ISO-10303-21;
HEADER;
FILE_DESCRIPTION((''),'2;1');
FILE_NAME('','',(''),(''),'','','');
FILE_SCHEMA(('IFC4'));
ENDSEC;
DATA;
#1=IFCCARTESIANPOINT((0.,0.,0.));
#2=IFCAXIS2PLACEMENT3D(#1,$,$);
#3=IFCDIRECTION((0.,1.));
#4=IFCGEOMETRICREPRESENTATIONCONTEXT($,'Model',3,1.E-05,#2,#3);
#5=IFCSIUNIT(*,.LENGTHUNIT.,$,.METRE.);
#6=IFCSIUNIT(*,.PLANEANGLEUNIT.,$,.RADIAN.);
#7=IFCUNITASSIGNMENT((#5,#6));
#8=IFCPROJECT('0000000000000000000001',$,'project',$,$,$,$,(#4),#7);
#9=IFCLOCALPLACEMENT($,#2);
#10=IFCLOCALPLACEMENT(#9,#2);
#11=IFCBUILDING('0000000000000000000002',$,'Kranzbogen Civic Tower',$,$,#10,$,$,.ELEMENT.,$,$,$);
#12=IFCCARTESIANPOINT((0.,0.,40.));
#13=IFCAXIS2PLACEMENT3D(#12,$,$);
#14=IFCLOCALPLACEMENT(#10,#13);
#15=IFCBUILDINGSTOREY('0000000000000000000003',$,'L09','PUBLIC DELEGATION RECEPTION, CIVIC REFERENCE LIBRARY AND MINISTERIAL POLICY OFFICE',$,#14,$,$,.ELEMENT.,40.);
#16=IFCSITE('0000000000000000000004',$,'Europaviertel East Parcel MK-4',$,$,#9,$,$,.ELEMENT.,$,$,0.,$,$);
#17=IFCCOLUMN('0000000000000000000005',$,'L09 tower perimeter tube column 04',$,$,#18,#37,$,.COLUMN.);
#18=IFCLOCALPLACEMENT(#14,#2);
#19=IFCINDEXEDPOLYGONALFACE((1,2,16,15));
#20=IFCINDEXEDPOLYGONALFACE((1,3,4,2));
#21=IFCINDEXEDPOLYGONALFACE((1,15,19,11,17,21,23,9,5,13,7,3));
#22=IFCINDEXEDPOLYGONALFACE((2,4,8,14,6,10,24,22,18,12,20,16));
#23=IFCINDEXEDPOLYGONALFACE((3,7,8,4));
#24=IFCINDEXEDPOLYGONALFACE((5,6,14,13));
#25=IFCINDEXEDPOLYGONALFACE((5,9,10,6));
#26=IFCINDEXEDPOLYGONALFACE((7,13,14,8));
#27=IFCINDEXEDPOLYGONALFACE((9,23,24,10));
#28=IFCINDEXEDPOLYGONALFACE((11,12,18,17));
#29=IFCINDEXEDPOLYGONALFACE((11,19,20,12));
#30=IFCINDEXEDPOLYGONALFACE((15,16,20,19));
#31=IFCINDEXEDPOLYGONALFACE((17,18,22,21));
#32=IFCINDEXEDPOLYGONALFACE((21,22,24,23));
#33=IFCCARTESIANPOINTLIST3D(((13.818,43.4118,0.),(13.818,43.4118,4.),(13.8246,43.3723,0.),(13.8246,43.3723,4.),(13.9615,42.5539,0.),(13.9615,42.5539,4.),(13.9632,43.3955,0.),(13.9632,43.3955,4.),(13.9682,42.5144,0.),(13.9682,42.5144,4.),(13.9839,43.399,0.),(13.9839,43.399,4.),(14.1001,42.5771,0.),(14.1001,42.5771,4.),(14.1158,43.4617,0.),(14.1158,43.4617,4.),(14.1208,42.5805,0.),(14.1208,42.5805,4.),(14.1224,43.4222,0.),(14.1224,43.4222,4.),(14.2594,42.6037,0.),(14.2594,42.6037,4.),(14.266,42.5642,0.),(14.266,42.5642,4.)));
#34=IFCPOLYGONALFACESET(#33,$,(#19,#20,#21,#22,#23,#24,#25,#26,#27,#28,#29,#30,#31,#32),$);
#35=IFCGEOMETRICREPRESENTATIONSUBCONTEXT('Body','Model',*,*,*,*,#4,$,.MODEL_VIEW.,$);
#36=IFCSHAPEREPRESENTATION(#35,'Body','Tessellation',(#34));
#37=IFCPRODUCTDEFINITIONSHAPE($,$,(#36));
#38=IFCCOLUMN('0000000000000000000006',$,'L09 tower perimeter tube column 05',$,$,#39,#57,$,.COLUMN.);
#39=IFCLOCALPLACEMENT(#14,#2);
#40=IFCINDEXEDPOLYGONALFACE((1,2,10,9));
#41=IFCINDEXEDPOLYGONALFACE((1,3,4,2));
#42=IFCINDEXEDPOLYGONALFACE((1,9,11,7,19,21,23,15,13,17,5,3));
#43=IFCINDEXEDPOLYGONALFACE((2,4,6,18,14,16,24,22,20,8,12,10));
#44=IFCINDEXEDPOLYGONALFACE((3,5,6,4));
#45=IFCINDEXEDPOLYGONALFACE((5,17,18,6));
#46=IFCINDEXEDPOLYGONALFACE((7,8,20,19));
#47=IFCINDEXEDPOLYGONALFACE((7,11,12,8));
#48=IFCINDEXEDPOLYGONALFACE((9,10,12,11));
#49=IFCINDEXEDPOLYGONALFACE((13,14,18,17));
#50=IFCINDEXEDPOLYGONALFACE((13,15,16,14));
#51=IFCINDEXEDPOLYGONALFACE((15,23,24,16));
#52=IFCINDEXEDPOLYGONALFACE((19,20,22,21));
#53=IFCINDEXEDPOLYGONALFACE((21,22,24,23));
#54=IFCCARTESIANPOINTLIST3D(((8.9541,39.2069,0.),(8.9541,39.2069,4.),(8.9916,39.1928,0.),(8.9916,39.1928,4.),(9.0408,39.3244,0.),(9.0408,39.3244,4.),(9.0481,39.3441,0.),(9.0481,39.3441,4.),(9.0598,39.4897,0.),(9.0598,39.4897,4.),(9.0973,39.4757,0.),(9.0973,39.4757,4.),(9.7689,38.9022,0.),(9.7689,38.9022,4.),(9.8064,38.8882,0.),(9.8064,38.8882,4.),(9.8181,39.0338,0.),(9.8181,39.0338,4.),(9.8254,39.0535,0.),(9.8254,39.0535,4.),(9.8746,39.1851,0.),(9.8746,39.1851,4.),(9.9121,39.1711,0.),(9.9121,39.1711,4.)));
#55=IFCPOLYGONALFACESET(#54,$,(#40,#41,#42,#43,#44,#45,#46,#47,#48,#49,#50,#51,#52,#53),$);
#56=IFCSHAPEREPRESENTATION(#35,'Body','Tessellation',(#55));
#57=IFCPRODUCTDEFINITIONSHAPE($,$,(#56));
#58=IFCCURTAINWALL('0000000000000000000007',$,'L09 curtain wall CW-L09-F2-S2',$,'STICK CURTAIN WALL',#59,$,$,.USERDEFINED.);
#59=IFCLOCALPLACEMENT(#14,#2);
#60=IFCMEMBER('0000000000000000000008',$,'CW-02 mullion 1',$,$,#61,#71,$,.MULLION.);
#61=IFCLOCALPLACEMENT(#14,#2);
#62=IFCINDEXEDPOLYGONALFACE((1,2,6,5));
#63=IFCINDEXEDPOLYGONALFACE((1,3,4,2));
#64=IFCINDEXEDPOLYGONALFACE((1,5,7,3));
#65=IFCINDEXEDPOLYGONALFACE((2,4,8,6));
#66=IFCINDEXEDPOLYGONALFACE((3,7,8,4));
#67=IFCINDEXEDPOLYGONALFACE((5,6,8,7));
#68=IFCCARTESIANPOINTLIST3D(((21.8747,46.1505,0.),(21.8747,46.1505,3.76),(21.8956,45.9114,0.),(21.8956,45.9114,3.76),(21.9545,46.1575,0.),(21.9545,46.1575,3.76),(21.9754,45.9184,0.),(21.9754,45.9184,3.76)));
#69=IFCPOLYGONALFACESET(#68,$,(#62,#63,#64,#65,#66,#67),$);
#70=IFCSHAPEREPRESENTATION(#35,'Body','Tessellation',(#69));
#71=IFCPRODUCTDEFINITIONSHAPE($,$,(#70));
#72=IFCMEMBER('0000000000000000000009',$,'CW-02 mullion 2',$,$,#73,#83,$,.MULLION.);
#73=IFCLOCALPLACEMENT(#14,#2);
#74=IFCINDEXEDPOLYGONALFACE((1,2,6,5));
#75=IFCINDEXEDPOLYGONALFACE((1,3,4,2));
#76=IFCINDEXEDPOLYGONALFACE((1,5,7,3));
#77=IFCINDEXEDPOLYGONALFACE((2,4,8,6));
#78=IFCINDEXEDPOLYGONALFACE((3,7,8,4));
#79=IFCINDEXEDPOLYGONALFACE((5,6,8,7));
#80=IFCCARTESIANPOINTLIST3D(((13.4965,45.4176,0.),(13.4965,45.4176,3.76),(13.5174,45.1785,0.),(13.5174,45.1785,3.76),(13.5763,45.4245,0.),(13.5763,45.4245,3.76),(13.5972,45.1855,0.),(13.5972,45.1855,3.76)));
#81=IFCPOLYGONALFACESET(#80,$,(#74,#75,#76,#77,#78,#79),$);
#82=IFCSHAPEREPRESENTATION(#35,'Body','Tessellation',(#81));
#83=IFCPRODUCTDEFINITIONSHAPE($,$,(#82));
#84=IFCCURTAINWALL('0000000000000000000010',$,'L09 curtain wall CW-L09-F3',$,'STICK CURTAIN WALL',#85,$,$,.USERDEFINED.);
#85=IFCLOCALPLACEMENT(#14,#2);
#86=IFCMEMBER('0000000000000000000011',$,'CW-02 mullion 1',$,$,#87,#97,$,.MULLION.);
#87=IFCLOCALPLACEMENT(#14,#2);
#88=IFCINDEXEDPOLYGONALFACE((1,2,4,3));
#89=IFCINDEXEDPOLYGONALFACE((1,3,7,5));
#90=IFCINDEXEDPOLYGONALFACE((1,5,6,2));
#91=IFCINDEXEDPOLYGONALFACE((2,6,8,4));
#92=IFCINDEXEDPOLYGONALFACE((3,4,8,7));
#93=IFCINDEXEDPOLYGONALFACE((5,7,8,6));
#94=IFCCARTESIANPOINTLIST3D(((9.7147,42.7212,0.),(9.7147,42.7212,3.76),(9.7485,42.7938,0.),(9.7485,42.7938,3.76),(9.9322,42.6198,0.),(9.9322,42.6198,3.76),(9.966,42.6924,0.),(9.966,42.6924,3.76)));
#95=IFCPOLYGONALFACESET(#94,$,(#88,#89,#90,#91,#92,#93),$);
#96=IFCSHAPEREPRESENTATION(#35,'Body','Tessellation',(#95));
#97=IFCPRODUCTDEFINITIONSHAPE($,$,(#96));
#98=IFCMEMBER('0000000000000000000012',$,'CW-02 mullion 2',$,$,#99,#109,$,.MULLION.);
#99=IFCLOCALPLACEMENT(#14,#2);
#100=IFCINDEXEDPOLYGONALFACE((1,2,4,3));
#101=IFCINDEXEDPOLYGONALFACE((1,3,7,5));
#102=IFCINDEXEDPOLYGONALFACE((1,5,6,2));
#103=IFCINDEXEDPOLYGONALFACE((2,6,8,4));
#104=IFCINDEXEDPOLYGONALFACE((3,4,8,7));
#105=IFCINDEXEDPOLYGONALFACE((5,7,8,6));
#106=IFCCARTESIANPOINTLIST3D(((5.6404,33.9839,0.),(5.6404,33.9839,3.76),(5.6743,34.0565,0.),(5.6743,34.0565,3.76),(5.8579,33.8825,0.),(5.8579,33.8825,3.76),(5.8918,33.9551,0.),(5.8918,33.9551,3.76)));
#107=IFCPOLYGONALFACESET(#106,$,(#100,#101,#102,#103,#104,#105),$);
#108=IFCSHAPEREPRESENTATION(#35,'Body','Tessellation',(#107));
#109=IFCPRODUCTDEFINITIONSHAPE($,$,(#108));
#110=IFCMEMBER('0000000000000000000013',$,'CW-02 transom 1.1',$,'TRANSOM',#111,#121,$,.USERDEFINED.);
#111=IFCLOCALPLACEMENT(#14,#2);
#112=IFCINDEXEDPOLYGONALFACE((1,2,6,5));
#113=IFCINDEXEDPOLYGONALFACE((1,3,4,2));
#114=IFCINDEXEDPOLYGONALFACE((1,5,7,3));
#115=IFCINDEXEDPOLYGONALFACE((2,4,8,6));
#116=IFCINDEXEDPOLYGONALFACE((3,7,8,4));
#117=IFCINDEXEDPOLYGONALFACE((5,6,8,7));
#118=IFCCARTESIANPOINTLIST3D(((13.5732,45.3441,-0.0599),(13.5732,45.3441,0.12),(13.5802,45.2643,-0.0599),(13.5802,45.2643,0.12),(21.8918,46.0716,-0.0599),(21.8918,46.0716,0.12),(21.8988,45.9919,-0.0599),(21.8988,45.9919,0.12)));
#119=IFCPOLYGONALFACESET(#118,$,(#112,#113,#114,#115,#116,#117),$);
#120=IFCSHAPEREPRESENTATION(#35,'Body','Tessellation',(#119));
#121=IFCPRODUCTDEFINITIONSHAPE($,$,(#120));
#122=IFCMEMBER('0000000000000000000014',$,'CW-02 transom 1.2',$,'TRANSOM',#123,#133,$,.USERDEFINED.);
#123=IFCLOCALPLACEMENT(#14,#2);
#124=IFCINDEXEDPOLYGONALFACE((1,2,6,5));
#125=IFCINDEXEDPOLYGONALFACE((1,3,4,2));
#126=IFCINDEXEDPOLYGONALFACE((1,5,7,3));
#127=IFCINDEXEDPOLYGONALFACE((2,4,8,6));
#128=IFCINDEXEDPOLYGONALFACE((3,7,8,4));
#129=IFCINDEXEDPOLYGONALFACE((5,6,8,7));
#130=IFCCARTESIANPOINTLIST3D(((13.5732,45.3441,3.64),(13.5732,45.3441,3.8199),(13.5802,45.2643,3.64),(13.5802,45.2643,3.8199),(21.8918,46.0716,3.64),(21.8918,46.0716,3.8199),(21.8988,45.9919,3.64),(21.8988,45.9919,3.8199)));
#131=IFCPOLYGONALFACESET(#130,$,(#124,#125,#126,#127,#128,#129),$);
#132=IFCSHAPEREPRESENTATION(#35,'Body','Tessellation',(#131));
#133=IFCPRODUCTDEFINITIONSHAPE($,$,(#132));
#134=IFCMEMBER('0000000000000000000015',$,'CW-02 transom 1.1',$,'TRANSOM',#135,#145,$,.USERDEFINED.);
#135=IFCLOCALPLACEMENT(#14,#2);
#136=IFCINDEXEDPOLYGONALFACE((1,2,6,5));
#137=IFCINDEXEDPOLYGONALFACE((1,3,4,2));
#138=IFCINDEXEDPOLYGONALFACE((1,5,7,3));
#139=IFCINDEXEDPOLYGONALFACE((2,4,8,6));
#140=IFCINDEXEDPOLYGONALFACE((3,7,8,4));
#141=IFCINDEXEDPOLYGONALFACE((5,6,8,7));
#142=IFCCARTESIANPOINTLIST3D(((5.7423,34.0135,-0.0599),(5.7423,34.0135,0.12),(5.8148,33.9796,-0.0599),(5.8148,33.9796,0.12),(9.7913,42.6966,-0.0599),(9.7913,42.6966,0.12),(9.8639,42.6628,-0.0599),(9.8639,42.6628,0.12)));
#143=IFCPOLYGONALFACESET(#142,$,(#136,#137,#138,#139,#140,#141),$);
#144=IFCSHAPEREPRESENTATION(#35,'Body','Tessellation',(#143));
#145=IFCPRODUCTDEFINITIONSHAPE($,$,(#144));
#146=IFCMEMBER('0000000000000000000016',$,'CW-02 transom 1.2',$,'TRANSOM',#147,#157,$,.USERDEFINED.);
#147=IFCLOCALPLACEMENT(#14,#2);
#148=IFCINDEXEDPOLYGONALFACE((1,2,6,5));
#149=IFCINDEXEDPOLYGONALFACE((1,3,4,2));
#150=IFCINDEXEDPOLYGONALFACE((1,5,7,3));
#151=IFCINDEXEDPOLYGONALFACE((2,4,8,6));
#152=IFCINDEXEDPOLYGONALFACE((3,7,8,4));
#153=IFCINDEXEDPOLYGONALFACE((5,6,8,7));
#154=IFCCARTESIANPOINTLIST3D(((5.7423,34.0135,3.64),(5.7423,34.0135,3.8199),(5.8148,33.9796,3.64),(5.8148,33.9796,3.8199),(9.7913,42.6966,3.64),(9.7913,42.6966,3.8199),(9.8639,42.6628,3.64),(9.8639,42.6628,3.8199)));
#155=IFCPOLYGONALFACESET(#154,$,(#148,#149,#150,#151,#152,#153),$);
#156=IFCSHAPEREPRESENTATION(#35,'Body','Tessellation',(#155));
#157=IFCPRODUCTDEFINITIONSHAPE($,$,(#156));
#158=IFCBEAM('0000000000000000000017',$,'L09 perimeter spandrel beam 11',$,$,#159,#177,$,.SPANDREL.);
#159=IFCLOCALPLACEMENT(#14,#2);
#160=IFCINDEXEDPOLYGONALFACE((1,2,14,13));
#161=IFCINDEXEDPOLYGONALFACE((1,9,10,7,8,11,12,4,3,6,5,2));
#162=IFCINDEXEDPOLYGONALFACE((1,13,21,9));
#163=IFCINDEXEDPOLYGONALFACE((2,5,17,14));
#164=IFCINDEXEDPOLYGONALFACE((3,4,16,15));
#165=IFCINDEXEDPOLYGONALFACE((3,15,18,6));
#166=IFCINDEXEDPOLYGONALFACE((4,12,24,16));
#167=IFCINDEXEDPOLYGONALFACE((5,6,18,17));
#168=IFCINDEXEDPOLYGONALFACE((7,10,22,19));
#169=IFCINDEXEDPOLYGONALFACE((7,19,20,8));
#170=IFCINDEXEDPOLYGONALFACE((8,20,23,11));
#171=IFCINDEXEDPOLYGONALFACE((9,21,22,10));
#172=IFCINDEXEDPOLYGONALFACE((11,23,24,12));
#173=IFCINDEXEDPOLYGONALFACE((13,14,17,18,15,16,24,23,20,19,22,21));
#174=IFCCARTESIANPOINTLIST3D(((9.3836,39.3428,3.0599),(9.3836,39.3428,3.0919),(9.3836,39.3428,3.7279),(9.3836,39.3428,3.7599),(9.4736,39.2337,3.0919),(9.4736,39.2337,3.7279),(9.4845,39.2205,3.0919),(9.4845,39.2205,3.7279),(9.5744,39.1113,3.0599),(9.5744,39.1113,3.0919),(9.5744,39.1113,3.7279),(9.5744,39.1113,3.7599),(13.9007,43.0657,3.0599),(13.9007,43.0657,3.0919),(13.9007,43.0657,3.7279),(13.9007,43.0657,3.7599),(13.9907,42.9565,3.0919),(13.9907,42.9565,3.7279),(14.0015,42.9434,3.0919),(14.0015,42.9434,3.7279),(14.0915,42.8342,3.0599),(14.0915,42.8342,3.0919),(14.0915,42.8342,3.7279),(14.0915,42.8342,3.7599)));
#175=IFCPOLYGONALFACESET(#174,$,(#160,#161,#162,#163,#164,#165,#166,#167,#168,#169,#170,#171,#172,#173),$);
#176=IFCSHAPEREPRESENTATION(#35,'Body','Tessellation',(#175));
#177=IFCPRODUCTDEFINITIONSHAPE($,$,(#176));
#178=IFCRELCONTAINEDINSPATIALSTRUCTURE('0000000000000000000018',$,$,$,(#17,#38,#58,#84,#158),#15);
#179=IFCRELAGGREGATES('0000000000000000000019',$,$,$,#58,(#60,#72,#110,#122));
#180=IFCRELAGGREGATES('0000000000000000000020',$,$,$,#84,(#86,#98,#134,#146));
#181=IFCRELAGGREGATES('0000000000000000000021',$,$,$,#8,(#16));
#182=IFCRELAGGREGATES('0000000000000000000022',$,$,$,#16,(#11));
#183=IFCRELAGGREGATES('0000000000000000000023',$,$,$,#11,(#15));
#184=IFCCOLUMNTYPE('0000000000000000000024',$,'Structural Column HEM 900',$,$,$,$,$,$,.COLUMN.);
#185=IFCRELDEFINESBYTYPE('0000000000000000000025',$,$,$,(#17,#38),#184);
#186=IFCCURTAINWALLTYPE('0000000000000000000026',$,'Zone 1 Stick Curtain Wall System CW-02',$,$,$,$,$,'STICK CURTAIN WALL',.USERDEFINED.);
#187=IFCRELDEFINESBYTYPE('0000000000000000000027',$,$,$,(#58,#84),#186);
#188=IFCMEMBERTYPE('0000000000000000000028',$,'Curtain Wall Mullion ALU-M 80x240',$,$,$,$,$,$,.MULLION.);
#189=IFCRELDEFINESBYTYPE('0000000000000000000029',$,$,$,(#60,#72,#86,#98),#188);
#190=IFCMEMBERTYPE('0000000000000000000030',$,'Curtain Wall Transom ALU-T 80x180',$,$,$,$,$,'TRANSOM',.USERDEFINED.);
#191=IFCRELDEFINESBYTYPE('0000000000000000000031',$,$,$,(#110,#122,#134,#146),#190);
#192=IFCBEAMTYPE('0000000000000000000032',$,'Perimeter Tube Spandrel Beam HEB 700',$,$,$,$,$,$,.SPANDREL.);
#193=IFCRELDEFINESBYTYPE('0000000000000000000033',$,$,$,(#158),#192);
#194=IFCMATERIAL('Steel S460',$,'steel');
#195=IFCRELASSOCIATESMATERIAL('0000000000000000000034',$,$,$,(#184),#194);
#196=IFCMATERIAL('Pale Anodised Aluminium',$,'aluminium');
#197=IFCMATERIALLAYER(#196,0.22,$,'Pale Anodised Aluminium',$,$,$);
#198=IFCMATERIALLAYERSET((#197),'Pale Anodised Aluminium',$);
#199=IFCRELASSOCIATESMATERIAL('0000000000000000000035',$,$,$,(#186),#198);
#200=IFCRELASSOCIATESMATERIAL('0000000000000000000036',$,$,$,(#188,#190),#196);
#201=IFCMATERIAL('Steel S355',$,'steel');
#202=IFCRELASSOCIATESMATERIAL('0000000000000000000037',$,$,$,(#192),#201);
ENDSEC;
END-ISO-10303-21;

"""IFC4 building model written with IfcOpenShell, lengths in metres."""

from ifc_helpers import new_model, si_unit, direction, frame, origin, origin_2d, place, context, subcontext, project, spatial, rectangle, i_section, extrude, material, layer, layer_set, material_profile, profile_set, type_object, element, aggregate, save


model = new_model("IFC4")

# Units and contexts
model_context = context("Model", 3, precision=1e-05, world=origin(), true_north=direction((0.0, 1.0)))
body_context = subcontext(model_context, "Body", "Model", "MODEL_VIEW")
ifc_project = project(units=[si_unit("LENGTHUNIT", "METRE"), si_unit("PLANEANGLEUNIT", "RADIAN")], contexts=[model_context])

# Site, building, storey
site_placement = place(None, origin())
site = spatial("IfcSite", under=ifc_project, at=site_placement, Name="Europaviertel East Parcel MK-4", CompositionType="ELEMENT", RefElevation=0.0)
building_placement = place(site_placement, origin())
building = spatial("IfcBuilding", under=site, at=building_placement, Name="Kranzbogen Civic Tower", CompositionType="ELEMENT")
storey_placement = place(building_placement, frame((0.0, 0.0, 40.0)))
storey = spatial("IfcBuildingStorey", under=building, at=storey_placement, Name="L09", Description="PUBLIC DELEGATION RECEPTION, CIVIC REFERENCE LIBRARY AND MINISTERIAL POLICY OFFICE", CompositionType="ELEMENT", Elevation=40.0)

# Columns
ifc_material_1 = material(Name="Steel S460", Category="steel")
ifc_material_profile_1 = material_profile(ifc_material_1, i_section(OverallWidth=0.302, OverallDepth=0.9099, WebThickness=0.021, FlangeThickness=0.04, at=origin_2d()), Name="HEM 900")
ifc_profile_set_1 = profile_set([ifc_material_profile_1], Name="Steel S460")
column_type = type_object("IfcColumnType", Name="Structural Column HEM 900", PredefinedType="COLUMN", material=ifc_profile_set_1)
for number, where, z_axis, x_axis, name in (
    (1, (14.042, 42.988, 0.0), (0.0, 0.0, 1.0), (0.986286, 0.165048, 0.0), "L09 tower perimeter tube column 04"),
    (2, (9.4331, 39.189, 0.0), (0.0, 0.0, 1.0), (0.350207, 0.936672, 0.0), "L09 tower perimeter tube column 05"),
):
    element("IfcColumn", number, at=place(storey_placement, frame(where, z_axis=z_axis, x_axis=x_axis)), inside=storey, type_object=column_type, Name=name, PredefinedType="COLUMN", context=body_context, shape_type="SweptSolid", body=[
        extrude(i_section(OverallWidth=0.302, OverallDepth=0.9099, WebThickness=0.021, FlangeThickness=0.04, at=origin_2d()), origin(), (0.0, 0.0, 1.0), 4.0),
    ])

# Curtain walls, members
ifc_material_2 = material(Name="Pale Anodised Aluminium", Category="aluminium")
ifc_layer_1 = layer(ifc_material_2, 0.22, Name="Pale Anodised Aluminium")
ifc_layer_set_1 = layer_set([ifc_layer_1], Name="Pale Anodised Aluminium")
curtain_wall_type = type_object("IfcCurtainWallType", Name="Zone 1 Stick Curtain Wall System CW-02", ElementType="STICK CURTAIN WALL", PredefinedType="USERDEFINED", material=ifc_layer_set_1)
curtain_wall_1_placement = place(storey_placement, origin())
curtain_wall_1 = element("IfcCurtainWall", 3, at=curtain_wall_1_placement, inside=storey, type_object=curtain_wall_type, Name="L09 curtain wall CW-L09-F2-S2", ObjectType="STICK CURTAIN WALL", PredefinedType="USERDEFINED")
ifc_material_profile_2 = material_profile(ifc_material_2, rectangle(XDim=0.0801, YDim=0.24, at=origin_2d()), Name="ALU-M 80x240")
ifc_profile_set_2 = profile_set([ifc_material_profile_2], Name="Pale Anodised Aluminium")
member_type_1 = type_object("IfcMemberType", Name="Curtain Wall Mullion ALU-M 80x240", PredefinedType="MULLION", material=ifc_profile_set_2)
member_1_placement = place(storey_placement, frame((21.925, 46.0344, 0.0), z_axis=(0.0, 0.0, 1.0), x_axis=(-0.996197, -0.087129, 0.0)))
member_1 = element("IfcMember", 4, at=member_1_placement, type_object=member_type_1, Name="CW-02 mullion 1", PredefinedType="MULLION", context=body_context, shape_type="SweptSolid", body=[
    extrude(rectangle(XDim=0.0801, YDim=0.24, at=origin_2d()), origin(), (0.0, 0.0, 1.0), 3.76),
])
member_2_placement = place(storey_placement, frame((13.5469, 45.3015, 0.0), z_axis=(0.0, 0.0, 1.0), x_axis=(-0.996197, -0.087129, 0.0)))
member_2 = element("IfcMember", 5, at=member_2_placement, type_object=member_type_1, Name="CW-02 mullion 2", PredefinedType="MULLION", context=body_context, shape_type="SweptSolid", body=[
    extrude(rectangle(XDim=0.0801, YDim=0.24, at=origin_2d()), origin(), (0.0, 0.0, 1.0), 3.76),
])
curtain_wall_2_placement = place(storey_placement, origin())
curtain_wall_2 = element("IfcCurtainWall", 6, at=curtain_wall_2_placement, inside=storey, type_object=curtain_wall_type, Name="L09 curtain wall CW-L09-F3", ObjectType="STICK CURTAIN WALL", PredefinedType="USERDEFINED")
member_3_placement = place(storey_placement, frame((9.8403, 42.7068, 0.0), z_axis=(0.0, 0.0, 1.0), x_axis=(-0.422622, -0.906306, 0.0)))
member_3 = element("IfcMember", 7, at=member_3_placement, type_object=member_type_1, Name="CW-02 mullion 1", PredefinedType="MULLION", context=body_context, shape_type="SweptSolid", body=[
    extrude(rectangle(XDim=0.0801, YDim=0.24, at=origin_2d()), origin(), (0.0, 0.0, 1.0), 3.76),
])
member_4_placement = place(storey_placement, frame((5.7661, 33.9695, 0.0), z_axis=(0.0, 0.0, 1.0), x_axis=(-0.422622, -0.906306, 0.0)))
member_4 = element("IfcMember", 8, at=member_4_placement, type_object=member_type_1, Name="CW-02 mullion 2", PredefinedType="MULLION", context=body_context, shape_type="SweptSolid", body=[
    extrude(rectangle(XDim=0.0801, YDim=0.24, at=origin_2d()), origin(), (0.0, 0.0, 1.0), 3.76),
])

# Members
ifc_material_profile_3 = material_profile(ifc_material_2, rectangle(XDim=0.0801, YDim=0.1799, at=origin_2d()), Name="ALU-T 80x180")
ifc_profile_set_3 = profile_set([ifc_material_profile_3], Name="Pale Anodised Aluminium")
member_type_2 = type_object("IfcMemberType", Name="Curtain Wall Transom ALU-T 80x180", ElementType="TRANSOM", PredefinedType="USERDEFINED", material=ifc_profile_set_3)
member_5_placement = place(storey_placement, frame((21.8953, 46.0317, 0.03), z_axis=(-0.996197, -0.087127, 0.0), x_axis=(0.087127, -0.996197, 0.0)))
member_5 = element("IfcMember", 9, at=member_5_placement, type_object=member_type_2, Name="CW-02 transom 1.1", ObjectType="TRANSOM", PredefinedType="USERDEFINED", context=body_context, shape_type="SweptSolid", body=[
    extrude(rectangle(XDim=0.0801, YDim=0.1799, at=origin_2d()), origin(), (0.0, 0.0, 1.0), 8.3503),
])
member_6_placement = place(storey_placement, frame((21.8953, 46.0317, 3.73), z_axis=(-0.996197, -0.087127, 0.0), x_axis=(0.087127, -0.996197, 0.0)))
member_6 = element("IfcMember", 10, at=member_6_placement, type_object=member_type_2, Name="CW-02 transom 1.2", ObjectType="TRANSOM", PredefinedType="USERDEFINED", context=body_context, shape_type="SweptSolid", body=[
    extrude(rectangle(XDim=0.0801, YDim=0.1799, at=origin_2d()), origin(), (0.0, 0.0, 1.0), 8.3503),
])
member_7_placement = place(storey_placement, frame((9.8276, 42.6797, 0.03), z_axis=(-0.422625, -0.906305, 0.0), x_axis=(0.906305, -0.422625, 0.0)))
member_7 = element("IfcMember", 11, at=member_7_placement, type_object=member_type_2, Name="CW-02 transom 1.1", ObjectType="TRANSOM", PredefinedType="USERDEFINED", context=body_context, shape_type="SweptSolid", body=[
    extrude(rectangle(XDim=0.0801, YDim=0.1799, at=origin_2d()), origin(), (0.0, 0.0, 1.0), 9.5808),
])
member_8_placement = place(storey_placement, frame((9.8276, 42.6797, 3.73), z_axis=(-0.422625, -0.906305, 0.0), x_axis=(0.906305, -0.422625, 0.0)))
member_8 = element("IfcMember", 12, at=member_8_placement, type_object=member_type_2, Name="CW-02 transom 1.2", ObjectType="TRANSOM", PredefinedType="USERDEFINED", context=body_context, shape_type="SweptSolid", body=[
    extrude(rectangle(XDim=0.0801, YDim=0.1799, at=origin_2d()), origin(), (0.0, 0.0, 1.0), 9.5808),
])

# Beam
ifc_material_3 = material(Name="Steel S355", Category="steel")
ifc_material_profile_4 = material_profile(ifc_material_3, i_section(OverallWidth=0.3, OverallDepth=0.7, WebThickness=0.0171, FlangeThickness=0.032, at=origin_2d()), Name="HEB 700")
ifc_profile_set_4 = profile_set([ifc_material_profile_4], Name="Steel S355")
beam_type_1 = type_object("IfcBeamType", Name="Perimeter Tube Spandrel Beam HEB 700", PredefinedType="SPANDREL", material=ifc_profile_set_4)
beam_1_placement = place(storey_placement, frame((13.9961, 42.95, 3.4099), z_axis=(-0.771683, -0.636007, 0.0), x_axis=(0.636007, -0.771683, 0.0)))
element("IfcBeam", 13, at=beam_1_placement, inside=storey, type_object=beam_type_1, Name="L09 perimeter spandrel beam 11", PredefinedType="SPANDREL", context=body_context, shape_type="SweptSolid", body=[
    extrude(i_section(OverallWidth=0.3, OverallDepth=0.7, WebThickness=0.0171, FlangeThickness=0.032, at=origin_2d()), origin(), (0.0, 0.0, 1.0), 5.8535),
])

aggregate(curtain_wall_1, [member_1, member_2, member_5, member_6])
aggregate(curtain_wall_2, [member_3, member_4, member_7, member_8])

save(model, "model.ifc")
